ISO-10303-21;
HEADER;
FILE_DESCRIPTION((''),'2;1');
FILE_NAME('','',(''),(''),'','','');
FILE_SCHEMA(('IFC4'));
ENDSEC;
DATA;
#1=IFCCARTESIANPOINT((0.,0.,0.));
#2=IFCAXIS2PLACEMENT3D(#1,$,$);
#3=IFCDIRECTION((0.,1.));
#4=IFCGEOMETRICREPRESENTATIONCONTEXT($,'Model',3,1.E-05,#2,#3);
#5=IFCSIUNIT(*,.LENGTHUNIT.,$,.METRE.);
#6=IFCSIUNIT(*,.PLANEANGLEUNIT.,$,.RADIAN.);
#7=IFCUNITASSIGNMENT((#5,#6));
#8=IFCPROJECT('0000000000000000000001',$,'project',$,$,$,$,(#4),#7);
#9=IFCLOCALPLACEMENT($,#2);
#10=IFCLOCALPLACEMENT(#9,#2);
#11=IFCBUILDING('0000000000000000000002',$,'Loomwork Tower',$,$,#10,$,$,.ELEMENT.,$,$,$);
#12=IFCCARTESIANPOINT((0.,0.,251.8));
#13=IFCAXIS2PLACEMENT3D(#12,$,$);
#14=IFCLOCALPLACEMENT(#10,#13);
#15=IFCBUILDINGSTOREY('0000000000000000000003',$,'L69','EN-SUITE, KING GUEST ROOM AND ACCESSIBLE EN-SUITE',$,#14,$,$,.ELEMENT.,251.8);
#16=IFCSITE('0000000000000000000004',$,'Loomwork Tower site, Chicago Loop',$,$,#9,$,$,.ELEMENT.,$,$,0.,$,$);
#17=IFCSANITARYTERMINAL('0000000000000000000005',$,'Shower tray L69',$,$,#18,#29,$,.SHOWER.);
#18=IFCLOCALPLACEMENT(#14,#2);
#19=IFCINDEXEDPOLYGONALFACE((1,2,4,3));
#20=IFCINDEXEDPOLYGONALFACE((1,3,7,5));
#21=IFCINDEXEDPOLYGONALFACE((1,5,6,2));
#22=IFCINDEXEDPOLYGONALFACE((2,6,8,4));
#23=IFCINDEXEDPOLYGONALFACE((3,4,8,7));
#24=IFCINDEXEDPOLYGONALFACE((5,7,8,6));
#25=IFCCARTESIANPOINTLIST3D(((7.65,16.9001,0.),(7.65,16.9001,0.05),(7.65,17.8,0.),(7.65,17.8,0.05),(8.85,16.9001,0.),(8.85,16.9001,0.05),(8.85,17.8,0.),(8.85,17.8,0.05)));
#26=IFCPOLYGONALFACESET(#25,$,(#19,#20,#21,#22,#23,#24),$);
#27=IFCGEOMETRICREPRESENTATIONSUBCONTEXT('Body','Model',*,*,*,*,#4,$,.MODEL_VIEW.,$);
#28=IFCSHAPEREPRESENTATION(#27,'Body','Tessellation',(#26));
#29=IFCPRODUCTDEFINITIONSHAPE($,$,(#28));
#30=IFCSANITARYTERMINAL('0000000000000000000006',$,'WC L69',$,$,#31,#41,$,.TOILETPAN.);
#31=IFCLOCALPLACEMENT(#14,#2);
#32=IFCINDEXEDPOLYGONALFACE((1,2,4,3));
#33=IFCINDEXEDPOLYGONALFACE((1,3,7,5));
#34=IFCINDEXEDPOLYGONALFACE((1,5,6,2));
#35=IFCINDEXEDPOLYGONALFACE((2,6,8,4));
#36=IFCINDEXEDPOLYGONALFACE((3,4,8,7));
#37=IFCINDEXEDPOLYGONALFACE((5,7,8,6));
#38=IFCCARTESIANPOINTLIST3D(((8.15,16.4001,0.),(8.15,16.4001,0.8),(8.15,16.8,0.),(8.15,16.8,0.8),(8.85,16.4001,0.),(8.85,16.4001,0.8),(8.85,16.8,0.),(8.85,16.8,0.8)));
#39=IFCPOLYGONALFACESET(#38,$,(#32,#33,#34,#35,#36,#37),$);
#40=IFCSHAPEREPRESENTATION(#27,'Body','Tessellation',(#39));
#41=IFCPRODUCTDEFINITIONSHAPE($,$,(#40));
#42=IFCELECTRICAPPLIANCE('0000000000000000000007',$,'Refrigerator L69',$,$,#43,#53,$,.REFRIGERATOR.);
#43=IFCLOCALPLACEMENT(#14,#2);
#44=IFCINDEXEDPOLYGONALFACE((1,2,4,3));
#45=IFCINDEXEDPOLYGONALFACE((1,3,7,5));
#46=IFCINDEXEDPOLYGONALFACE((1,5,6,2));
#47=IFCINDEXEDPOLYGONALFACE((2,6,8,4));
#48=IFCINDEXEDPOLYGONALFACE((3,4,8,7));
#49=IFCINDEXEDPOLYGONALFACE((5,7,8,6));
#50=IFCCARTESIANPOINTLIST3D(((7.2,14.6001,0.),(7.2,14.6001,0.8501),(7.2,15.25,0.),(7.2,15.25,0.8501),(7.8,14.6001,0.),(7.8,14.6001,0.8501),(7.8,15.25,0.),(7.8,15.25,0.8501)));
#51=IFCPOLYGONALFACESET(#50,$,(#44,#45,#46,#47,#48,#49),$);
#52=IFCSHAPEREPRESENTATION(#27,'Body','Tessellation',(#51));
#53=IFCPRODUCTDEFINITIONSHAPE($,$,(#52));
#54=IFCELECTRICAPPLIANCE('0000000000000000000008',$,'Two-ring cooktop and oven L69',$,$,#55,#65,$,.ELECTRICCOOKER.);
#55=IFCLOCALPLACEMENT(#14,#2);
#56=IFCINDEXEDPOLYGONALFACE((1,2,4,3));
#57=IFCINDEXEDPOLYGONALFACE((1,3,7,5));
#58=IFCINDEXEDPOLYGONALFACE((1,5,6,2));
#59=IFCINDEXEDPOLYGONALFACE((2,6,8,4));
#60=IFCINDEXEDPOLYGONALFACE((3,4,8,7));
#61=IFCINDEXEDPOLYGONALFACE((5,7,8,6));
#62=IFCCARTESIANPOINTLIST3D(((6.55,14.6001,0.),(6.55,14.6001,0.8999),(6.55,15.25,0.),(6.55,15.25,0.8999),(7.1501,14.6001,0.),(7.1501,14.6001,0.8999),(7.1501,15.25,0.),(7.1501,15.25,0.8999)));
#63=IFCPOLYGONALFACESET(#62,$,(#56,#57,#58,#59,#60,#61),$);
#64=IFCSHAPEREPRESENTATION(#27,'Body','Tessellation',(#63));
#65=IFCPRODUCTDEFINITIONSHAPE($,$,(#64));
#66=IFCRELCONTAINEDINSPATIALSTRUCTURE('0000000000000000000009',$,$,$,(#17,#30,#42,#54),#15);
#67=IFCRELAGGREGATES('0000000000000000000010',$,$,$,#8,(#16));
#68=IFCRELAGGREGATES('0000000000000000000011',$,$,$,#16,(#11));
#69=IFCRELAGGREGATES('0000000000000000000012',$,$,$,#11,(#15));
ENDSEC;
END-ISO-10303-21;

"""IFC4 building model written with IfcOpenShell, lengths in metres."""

from ifc_helpers import new_model, si_unit, direction, frame, origin, origin_2d, place, context, subcontext, project, spatial, rectangle, extrude, element, save


model = new_model("IFC4")

# Units and contexts
model_context = context("Model", 3, precision=1e-05, world=origin(), true_north=direction((0.0, 1.0)))
body_context = subcontext(model_context, "Body", "Model", "MODEL_VIEW")
ifc_project = project(units=[si_unit("LENGTHUNIT", "METRE"), si_unit("PLANEANGLEUNIT", "RADIAN")], contexts=[model_context])

# Site, building, storey
site_placement = place(None, origin())
site = spatial("IfcSite", under=ifc_project, at=site_placement, Name="Loomwork Tower site, Chicago Loop", CompositionType="ELEMENT", RefElevation=0.0)
building_placement = place(site_placement, origin())
building = spatial("IfcBuilding", under=site, at=building_placement, Name="Loomwork Tower", CompositionType="ELEMENT")
storey_placement = place(building_placement, frame((0.0, 0.0, 251.8)))
storey = spatial("IfcBuildingStorey", under=building, at=storey_placement, Name="L69", Description="EN-SUITE, KING GUEST ROOM AND ACCESSIBLE EN-SUITE", CompositionType="ELEMENT", Elevation=251.8)

# Sanitary terminals
sanitary_terminal_1_placement = place(storey_placement, frame((8.25, 17.3501, 0.0), z_axis=(0.0, 0.0, 1.0), x_axis=(1.0, 0.0, 0.0)))
element("IfcSanitaryTerminal", 1, at=sanitary_terminal_1_placement, inside=storey, Name="Shower tray L69", PredefinedType="SHOWER", context=body_context, shape_type="SweptSolid", body=[
    extrude(rectangle(XDim=1.2, YDim=0.8999, at=origin_2d()), origin(), (0.0, 0.0, 1.0), 0.05),
])
sanitary_terminal_2_placement = place(storey_placement, frame((8.5, 16.6001, 0.0), z_axis=(0.0, 0.0, 1.0), x_axis=(1.0, 0.0, 0.0)))
element("IfcSanitaryTerminal", 2, at=sanitary_terminal_2_placement, inside=storey, Name="WC L69", PredefinedType="TOILETPAN", context=body_context, shape_type="SweptSolid", body=[
    extrude(rectangle(XDim=0.7, YDim=0.3999, at=origin_2d()), origin(), (0.0, 0.0, 1.0), 0.8),
])

# Electric appliances
electric_appliance_1_placement = place(storey_placement, frame((7.5, 14.925, 0.0), z_axis=(0.0, 0.0, 1.0), x_axis=(1.0, 0.0, 0.0)))
element("IfcElectricAppliance", 3, at=electric_appliance_1_placement, inside=storey, Name="Refrigerator L69", PredefinedType="REFRIGERATOR", context=body_context, shape_type="SweptSolid", body=[
    extrude(rectangle(XDim=0.6001, YDim=0.6499, at=origin_2d()), origin(), (0.0, 0.0, 1.0), 0.8501),
])
electric_appliance_2_placement = place(storey_placement, frame((6.8501, 14.925, 0.0), z_axis=(0.0, 0.0, 1.0), x_axis=(1.0, 0.0, 0.0)))
element("IfcElectricAppliance", 4, at=electric_appliance_2_placement, inside=storey, Name="Two-ring cooktop and oven L69", PredefinedType="ELECTRICCOOKER", context=body_context, shape_type="SweptSolid", body=[
    extrude(rectangle(XDim=0.6001, YDim=0.6499, at=origin_2d()), origin(), (0.0, 0.0, 1.0), 0.8999),
])

save(model, "model.ifc")
